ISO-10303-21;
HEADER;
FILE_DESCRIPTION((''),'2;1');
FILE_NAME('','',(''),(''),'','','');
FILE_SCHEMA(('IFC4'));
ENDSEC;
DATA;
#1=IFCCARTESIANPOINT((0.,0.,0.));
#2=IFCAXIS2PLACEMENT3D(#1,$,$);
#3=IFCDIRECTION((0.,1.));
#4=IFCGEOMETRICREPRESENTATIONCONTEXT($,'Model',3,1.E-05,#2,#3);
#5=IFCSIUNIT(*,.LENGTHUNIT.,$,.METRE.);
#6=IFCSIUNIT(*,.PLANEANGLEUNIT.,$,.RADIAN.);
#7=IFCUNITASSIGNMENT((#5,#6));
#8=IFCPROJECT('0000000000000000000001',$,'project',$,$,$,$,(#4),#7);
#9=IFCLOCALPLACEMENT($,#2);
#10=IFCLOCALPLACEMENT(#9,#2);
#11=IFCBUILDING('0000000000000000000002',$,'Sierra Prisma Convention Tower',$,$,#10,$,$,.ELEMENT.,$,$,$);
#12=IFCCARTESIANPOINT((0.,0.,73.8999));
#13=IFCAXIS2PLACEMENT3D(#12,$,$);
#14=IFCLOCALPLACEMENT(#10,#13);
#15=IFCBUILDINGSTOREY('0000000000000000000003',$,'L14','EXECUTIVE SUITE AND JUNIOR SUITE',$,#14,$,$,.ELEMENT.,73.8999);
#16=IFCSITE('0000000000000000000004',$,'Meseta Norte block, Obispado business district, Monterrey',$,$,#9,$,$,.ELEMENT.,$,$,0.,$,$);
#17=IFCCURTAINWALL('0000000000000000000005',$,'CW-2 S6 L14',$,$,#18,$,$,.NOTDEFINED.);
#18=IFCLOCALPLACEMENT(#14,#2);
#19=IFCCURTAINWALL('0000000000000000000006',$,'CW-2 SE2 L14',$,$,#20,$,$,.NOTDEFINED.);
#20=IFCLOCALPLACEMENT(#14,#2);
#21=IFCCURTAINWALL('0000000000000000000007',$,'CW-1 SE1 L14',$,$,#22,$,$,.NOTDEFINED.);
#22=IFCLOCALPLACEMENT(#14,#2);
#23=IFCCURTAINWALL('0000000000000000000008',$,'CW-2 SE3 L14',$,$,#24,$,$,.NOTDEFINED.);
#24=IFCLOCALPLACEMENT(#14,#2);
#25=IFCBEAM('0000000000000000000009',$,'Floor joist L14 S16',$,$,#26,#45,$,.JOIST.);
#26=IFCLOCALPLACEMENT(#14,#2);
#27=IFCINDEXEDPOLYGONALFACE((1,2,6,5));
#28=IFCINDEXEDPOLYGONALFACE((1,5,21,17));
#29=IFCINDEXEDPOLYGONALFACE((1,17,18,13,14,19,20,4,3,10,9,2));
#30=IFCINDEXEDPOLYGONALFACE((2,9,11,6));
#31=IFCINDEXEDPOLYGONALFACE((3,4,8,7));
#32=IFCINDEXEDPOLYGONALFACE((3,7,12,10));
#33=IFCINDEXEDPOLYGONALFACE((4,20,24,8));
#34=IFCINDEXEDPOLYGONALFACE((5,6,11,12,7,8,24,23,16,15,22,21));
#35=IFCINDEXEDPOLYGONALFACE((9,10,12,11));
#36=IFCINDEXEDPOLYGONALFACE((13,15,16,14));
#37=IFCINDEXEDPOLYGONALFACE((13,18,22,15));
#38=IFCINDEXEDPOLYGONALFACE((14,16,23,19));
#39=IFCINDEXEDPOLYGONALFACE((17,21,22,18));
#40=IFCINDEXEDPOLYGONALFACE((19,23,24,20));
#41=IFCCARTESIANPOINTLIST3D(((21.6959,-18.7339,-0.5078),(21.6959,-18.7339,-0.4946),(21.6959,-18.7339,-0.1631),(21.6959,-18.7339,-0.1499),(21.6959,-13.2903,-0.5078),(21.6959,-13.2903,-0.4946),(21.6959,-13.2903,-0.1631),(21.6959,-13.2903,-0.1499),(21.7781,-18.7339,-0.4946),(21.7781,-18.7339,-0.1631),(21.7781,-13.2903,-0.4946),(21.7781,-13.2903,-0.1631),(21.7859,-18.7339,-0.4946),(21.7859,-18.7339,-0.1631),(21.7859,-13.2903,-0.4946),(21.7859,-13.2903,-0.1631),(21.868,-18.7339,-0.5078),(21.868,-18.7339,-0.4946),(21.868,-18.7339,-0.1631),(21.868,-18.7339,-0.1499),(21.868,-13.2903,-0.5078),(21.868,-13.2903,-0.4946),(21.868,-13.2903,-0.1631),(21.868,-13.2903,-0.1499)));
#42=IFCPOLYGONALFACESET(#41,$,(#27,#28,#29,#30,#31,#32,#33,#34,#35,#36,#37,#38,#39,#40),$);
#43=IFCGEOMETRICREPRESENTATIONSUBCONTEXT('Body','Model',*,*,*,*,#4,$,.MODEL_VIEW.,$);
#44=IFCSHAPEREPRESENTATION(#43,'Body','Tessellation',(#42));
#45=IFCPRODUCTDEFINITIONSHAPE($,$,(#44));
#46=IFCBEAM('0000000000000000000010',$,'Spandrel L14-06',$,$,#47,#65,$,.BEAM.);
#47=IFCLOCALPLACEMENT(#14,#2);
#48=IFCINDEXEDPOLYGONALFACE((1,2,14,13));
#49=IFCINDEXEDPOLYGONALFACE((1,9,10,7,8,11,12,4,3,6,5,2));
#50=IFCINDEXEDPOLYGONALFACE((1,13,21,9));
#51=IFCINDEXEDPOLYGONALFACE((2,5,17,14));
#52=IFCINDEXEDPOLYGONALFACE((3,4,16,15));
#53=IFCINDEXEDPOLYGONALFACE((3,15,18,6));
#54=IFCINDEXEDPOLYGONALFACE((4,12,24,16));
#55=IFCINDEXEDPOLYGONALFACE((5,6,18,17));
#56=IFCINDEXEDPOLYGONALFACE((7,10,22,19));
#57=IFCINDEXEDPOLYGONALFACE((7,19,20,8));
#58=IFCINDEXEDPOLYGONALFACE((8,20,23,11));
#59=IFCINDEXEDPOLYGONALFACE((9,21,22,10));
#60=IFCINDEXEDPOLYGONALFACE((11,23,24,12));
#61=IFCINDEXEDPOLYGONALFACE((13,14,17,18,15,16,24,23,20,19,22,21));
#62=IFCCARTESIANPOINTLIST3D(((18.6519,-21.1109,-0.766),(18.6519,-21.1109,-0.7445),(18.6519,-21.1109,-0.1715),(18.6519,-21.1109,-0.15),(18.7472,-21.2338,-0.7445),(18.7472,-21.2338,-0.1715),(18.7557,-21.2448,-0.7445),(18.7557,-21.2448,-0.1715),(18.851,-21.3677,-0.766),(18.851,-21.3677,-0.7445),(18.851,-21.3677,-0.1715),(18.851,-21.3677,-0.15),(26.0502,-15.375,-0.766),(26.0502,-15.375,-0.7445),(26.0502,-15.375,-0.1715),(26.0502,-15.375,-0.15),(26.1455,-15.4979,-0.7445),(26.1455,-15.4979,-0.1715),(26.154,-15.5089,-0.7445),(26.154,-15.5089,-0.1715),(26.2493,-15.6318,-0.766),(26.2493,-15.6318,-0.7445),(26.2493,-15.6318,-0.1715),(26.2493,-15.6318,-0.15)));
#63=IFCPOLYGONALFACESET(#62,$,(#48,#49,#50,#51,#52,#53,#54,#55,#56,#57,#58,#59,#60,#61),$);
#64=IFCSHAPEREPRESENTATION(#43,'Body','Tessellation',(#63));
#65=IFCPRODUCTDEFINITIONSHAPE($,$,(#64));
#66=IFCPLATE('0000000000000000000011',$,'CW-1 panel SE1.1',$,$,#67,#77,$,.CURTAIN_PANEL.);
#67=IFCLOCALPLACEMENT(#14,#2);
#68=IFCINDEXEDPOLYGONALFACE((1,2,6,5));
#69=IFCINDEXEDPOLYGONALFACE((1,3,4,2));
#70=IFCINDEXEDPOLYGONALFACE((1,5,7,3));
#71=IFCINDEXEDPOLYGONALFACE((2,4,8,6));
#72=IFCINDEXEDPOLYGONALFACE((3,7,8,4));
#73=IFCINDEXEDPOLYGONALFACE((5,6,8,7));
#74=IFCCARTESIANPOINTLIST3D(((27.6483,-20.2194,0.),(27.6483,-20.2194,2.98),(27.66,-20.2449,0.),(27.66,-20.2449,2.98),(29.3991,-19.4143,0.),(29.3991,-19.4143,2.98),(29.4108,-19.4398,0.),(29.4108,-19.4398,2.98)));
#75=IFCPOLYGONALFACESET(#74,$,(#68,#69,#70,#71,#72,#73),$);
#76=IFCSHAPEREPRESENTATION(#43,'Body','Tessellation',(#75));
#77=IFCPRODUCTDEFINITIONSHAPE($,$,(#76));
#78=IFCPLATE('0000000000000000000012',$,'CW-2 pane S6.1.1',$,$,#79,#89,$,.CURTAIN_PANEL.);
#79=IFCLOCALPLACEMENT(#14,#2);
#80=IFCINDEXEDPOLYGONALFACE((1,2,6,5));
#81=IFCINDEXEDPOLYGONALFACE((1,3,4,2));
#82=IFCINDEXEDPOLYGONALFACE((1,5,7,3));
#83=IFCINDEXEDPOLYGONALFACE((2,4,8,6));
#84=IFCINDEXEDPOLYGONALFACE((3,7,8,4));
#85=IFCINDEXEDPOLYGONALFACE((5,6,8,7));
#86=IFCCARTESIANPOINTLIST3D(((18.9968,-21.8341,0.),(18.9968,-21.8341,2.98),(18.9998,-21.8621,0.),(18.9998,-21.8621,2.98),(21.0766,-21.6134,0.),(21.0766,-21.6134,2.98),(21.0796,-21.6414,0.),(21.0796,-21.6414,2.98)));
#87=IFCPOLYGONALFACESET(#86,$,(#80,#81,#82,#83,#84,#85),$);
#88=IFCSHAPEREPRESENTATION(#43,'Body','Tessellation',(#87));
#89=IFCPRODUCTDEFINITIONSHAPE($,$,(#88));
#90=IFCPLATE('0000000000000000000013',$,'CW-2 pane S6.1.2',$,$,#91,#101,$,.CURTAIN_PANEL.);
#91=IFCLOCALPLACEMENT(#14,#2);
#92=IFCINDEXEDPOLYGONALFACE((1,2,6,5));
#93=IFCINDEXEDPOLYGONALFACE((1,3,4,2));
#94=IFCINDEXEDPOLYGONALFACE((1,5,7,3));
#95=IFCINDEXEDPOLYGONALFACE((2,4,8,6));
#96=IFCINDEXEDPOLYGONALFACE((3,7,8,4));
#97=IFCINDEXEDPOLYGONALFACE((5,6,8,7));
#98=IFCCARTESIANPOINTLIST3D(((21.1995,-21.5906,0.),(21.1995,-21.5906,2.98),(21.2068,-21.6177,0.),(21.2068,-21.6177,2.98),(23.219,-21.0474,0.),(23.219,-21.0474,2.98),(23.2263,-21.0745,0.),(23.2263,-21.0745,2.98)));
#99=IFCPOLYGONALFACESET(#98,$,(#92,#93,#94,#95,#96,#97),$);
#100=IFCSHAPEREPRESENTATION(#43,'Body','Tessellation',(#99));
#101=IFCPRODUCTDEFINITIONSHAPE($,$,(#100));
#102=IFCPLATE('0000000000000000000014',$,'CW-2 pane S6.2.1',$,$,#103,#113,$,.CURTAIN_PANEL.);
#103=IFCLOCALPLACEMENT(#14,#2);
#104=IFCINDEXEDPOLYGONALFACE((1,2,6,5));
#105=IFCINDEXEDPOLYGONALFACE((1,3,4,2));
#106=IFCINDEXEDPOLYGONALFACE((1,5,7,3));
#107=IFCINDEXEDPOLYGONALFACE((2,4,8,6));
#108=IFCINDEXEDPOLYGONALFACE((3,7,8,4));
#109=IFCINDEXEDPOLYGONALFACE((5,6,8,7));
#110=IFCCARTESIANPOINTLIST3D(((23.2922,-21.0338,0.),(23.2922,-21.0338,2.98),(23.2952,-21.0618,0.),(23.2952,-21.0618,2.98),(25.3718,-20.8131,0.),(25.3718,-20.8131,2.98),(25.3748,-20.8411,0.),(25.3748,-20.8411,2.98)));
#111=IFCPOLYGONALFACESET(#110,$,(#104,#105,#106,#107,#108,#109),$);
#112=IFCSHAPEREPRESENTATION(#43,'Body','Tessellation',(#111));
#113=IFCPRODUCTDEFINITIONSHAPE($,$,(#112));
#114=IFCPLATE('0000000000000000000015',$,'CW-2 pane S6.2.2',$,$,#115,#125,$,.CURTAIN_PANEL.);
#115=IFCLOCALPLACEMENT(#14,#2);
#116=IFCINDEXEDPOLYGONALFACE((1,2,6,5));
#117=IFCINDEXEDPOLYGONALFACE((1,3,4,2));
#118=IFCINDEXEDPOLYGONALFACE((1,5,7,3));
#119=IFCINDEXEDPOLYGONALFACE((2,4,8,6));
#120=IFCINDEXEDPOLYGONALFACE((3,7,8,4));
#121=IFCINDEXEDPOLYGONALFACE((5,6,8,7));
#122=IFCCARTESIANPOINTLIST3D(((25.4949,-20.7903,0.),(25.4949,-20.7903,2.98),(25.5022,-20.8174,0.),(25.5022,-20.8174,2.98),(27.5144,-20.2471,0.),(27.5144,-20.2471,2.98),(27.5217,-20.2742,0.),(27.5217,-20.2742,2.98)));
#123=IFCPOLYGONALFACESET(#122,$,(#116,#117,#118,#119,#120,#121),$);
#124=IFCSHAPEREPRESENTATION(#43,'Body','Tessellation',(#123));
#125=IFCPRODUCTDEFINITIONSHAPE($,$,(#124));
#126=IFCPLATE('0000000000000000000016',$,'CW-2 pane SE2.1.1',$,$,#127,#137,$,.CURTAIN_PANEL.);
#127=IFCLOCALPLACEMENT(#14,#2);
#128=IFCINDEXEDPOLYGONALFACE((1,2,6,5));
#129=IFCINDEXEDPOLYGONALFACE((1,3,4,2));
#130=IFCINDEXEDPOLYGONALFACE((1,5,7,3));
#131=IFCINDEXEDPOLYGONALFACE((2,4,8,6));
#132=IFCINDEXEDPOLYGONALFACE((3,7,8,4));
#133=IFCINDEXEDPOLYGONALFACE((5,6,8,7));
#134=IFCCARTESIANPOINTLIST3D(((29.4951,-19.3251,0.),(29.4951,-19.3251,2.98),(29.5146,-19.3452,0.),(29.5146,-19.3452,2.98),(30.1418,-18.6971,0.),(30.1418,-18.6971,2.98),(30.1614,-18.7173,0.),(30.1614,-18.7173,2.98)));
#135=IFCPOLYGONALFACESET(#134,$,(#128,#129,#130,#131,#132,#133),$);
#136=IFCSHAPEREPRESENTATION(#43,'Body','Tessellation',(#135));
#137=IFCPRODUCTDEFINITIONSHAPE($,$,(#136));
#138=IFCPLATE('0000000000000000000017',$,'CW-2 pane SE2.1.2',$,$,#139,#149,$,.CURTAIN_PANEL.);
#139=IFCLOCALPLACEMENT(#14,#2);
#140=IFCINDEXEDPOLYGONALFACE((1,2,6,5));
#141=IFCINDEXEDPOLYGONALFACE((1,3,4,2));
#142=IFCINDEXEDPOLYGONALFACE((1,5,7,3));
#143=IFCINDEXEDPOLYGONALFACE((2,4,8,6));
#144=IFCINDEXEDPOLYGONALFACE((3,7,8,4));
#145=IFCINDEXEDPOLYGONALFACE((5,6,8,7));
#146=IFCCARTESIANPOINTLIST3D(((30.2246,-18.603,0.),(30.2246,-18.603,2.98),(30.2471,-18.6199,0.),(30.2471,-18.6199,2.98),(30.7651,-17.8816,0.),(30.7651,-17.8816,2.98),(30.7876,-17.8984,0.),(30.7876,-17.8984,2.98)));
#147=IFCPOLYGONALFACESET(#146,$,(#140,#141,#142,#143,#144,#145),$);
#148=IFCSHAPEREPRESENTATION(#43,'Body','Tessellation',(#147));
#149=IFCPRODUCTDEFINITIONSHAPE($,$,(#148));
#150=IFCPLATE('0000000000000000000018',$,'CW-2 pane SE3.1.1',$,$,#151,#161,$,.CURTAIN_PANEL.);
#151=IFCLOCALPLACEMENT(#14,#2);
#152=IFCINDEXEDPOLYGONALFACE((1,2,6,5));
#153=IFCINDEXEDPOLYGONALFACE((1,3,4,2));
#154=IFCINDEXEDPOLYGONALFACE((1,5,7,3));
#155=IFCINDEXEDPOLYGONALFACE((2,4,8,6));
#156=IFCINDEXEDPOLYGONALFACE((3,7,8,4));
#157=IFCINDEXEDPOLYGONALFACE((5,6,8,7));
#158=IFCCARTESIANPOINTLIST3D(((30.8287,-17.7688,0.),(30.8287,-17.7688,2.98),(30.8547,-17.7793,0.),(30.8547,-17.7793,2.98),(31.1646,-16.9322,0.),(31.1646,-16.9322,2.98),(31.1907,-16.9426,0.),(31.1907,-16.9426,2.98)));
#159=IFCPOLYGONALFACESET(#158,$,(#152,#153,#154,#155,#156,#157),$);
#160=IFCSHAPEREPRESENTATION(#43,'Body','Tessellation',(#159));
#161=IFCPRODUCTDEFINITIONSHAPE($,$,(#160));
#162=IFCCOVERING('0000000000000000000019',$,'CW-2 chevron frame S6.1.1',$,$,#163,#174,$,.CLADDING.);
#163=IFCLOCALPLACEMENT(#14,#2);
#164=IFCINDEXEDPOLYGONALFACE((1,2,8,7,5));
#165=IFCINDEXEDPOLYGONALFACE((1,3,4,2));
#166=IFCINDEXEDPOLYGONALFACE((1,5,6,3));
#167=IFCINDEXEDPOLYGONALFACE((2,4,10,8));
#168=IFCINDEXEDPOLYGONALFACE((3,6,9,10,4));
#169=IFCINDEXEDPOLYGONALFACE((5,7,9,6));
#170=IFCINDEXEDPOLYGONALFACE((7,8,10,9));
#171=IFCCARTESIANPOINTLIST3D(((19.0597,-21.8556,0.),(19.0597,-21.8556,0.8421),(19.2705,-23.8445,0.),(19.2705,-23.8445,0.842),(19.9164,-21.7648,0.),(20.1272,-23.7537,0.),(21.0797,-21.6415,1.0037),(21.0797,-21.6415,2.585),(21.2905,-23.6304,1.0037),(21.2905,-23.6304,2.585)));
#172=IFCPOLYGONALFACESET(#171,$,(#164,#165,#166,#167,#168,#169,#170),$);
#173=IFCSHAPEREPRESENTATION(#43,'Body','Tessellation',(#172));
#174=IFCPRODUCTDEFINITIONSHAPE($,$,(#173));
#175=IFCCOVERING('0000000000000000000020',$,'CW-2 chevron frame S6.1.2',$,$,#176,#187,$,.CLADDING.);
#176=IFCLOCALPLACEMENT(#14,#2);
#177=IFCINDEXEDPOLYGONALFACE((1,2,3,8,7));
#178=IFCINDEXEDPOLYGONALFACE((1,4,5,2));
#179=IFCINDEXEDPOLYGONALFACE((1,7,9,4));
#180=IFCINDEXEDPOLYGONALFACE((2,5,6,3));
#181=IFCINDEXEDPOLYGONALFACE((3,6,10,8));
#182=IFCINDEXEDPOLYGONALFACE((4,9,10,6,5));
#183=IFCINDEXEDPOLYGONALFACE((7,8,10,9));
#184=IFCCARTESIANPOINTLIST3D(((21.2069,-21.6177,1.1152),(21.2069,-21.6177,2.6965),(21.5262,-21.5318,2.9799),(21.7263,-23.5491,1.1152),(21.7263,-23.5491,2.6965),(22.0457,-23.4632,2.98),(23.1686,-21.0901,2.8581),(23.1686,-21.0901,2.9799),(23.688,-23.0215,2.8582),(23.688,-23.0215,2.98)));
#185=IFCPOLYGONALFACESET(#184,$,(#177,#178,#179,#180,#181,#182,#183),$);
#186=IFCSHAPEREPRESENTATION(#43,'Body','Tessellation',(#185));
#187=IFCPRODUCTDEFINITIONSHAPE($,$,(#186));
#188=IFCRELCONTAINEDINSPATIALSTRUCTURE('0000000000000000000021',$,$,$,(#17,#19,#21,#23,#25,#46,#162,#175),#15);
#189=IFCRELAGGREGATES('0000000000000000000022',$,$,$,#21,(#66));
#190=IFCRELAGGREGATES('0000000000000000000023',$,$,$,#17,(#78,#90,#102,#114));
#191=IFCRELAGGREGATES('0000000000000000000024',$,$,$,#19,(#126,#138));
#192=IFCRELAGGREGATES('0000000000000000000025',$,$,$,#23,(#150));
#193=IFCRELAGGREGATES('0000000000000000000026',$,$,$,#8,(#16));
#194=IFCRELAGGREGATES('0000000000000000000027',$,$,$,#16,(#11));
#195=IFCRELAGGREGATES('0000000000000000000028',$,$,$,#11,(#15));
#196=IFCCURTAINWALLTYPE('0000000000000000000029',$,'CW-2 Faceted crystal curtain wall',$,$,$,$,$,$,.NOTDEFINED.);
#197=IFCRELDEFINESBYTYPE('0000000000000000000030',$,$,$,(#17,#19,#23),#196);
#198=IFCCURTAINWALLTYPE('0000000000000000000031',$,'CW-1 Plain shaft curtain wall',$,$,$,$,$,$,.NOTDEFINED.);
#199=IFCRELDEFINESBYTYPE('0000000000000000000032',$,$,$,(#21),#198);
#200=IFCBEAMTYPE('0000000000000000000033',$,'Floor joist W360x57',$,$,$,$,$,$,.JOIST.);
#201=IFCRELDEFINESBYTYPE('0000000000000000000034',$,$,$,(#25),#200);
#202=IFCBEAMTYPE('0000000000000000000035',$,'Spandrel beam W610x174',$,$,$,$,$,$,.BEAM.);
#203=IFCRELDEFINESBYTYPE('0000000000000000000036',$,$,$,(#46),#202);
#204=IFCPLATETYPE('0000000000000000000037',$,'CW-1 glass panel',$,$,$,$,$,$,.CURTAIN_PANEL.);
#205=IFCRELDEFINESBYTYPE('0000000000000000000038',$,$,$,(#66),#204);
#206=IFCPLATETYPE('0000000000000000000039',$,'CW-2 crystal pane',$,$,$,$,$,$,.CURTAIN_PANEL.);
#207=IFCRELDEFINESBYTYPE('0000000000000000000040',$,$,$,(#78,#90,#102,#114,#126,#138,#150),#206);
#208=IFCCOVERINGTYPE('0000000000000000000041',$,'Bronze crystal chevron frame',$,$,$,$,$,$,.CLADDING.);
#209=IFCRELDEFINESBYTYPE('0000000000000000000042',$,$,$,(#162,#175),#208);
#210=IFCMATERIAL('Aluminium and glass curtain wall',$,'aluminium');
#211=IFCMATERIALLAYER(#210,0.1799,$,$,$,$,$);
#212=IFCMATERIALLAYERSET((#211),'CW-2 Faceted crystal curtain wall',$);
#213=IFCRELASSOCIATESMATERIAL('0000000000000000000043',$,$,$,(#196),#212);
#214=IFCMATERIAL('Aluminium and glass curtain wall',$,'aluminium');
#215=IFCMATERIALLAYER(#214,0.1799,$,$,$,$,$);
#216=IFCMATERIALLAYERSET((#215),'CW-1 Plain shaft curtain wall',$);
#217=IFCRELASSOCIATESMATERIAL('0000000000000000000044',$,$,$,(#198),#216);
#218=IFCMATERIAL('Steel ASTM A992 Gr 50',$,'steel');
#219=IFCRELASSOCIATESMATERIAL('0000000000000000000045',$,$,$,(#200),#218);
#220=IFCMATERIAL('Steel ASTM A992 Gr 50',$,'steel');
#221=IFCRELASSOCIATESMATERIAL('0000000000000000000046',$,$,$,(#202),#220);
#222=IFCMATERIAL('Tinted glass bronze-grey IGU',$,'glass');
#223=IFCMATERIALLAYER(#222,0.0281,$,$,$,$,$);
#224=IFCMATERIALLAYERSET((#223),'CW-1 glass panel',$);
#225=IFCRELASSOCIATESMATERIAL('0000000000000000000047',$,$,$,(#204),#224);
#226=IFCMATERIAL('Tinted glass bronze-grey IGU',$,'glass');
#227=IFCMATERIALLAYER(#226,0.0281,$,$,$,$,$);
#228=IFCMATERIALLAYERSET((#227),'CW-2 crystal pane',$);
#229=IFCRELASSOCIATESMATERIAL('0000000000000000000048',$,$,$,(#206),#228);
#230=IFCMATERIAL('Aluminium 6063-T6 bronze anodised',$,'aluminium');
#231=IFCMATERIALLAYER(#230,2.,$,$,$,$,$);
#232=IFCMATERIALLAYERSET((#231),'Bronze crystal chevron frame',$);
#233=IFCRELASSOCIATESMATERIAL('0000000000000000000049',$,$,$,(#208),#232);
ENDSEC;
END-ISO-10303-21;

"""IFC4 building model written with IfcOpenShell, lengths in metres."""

from ifc_helpers import new_model, si_unit, direction, frame, origin, origin_2d, place, context, subcontext, project, spatial, polyline, rectangle, i_section, outline, extrude, material, layer, layer_set, material_profile, profile_set, type_object, element, aggregate, save


model = new_model("IFC4")

# Units and contexts
model_context = context("Model", 3, precision=1e-05, world=origin(), true_north=direction((0.0, 1.0)))
body_context = subcontext(model_context, "Body", "Model", "MODEL_VIEW")
ifc_project = project(units=[si_unit("LENGTHUNIT", "METRE"), si_unit("PLANEANGLEUNIT", "RADIAN")], contexts=[model_context])

# Site, building, storey
site_placement = place(None, origin())
site = spatial("IfcSite", under=ifc_project, at=site_placement, Name="Meseta Norte block, Obispado business district, Monterrey", CompositionType="ELEMENT", RefElevation=0.0)
building_placement = place(site_placement, origin())
building = spatial("IfcBuilding", under=site, at=building_placement, Name="Sierra Prisma Convention Tower", CompositionType="ELEMENT")
storey_placement = place(building_placement, frame((0.0, 0.0, 73.8999)))
storey = spatial("IfcBuildingStorey", under=building, at=storey_placement, Name="L14", Description="EXECUTIVE SUITE AND JUNIOR SUITE", CompositionType="ELEMENT", Elevation=73.8999)

# Curtain wall
ifc_material_1 = material(Name="Aluminium and glass curtain wall", Category="aluminium")
ifc_layer_1 = layer(ifc_material_1, 0.1799)
ifc_layer_set_1 = layer_set([ifc_layer_1], Name="CW-2 Faceted crystal curtain wall")
curtain_wall_type_1 = type_object("IfcCurtainWallType", Name="CW-2 Faceted crystal curtain wall", PredefinedType="NOTDEFINED", material=ifc_layer_set_1)
curtain_wall_1_placement = place(storey_placement, origin())
curtain_wall_1 = element("IfcCurtainWall", 1, at=curtain_wall_1_placement, inside=storey, type_object=curtain_wall_type_1, Name="CW-2 S6 L14", PredefinedType="NOTDEFINED")

# Curtain wall
curtain_wall_2_placement = place(storey_placement, origin())
curtain_wall_2 = element("IfcCurtainWall", 2, at=curtain_wall_2_placement, inside=storey, type_object=curtain_wall_type_1, Name="CW-2 SE2 L14", PredefinedType="NOTDEFINED")

# Curtain wall
ifc_material_2 = material(Name="Aluminium and glass curtain wall", Category="aluminium")
ifc_layer_2 = layer(ifc_material_2, 0.1799)
ifc_layer_set_2 = layer_set([ifc_layer_2], Name="CW-1 Plain shaft curtain wall")
curtain_wall_type_2 = type_object("IfcCurtainWallType", Name="CW-1 Plain shaft curtain wall", PredefinedType="NOTDEFINED", material=ifc_layer_set_2)
curtain_wall_3_placement = place(storey_placement, origin())
curtain_wall_3 = element("IfcCurtainWall", 3, at=curtain_wall_3_placement, inside=storey, type_object=curtain_wall_type_2, Name="CW-1 SE1 L14", PredefinedType="NOTDEFINED")

# Curtain wall
curtain_wall_4_placement = place(storey_placement, origin())
curtain_wall_4 = element("IfcCurtainWall", 4, at=curtain_wall_4_placement, inside=storey, type_object=curtain_wall_type_1, Name="CW-2 SE3 L14", PredefinedType="NOTDEFINED")

# Beams
ifc_material_3 = material(Name="Steel ASTM A992 Gr 50", Category="steel")
ifc_material_profile_1 = material_profile(ifc_material_3, i_section(OverallWidth=0.1721, OverallDepth=0.3579, WebThickness=0.0078, FlangeThickness=0.0132, at=origin_2d()), Name="W360x57")
ifc_profile_set_1 = profile_set([ifc_material_profile_1], Name="Steel ASTM A992 Gr 50")
beam_type_1 = type_object("IfcBeamType", Name="Floor joist W360x57", PredefinedType="JOIST", material=ifc_profile_set_1)
beam_1_placement = place(storey_placement, frame((21.782, -18.7339, -0.3289), z_axis=(0.0, 1.0, 0.0), x_axis=(-1.0, 0.0, 0.0)))
element("IfcBeam", 5, at=beam_1_placement, inside=storey, type_object=beam_type_1, Name="Floor joist L14 S16", PredefinedType="JOIST", context=body_context, shape_type="SweptSolid", body=[
    extrude(i_section(OverallWidth=0.1721, OverallDepth=0.3579, WebThickness=0.0078, FlangeThickness=0.0132, at=origin_2d()), origin(), (0.0, 0.0, 1.0), 5.4436),
])
ifc_material_4 = material(Name="Steel ASTM A992 Gr 50", Category="steel")
ifc_material_profile_2 = material_profile(ifc_material_4, i_section(OverallWidth=0.325, OverallDepth=0.616, WebThickness=0.0139, FlangeThickness=0.0215, at=origin_2d()), Name="W610x174")
ifc_profile_set_2 = profile_set([ifc_material_profile_2], Name="Steel ASTM A992 Gr 50")
beam_type_2 = type_object("IfcBeamType", Name="Spandrel beam W610x174", PredefinedType="BEAM", material=ifc_profile_set_2)
beam_2_placement = place(storey_placement, frame((18.7515, -21.2393, -0.458), z_axis=(0.790299, 0.612721, 0.0), x_axis=(-0.612721, 0.790299, 0.0)))
element("IfcBeam", 6, at=beam_2_placement, inside=storey, type_object=beam_type_2, Name="Spandrel L14-06", PredefinedType="BEAM", context=body_context, shape_type="SweptSolid", body=[
    extrude(i_section(OverallWidth=0.325, OverallDepth=0.616, WebThickness=0.0139, FlangeThickness=0.0215, at=origin_2d()), origin(), (0.0, 0.0, 1.0), 9.3613),
])

# Plates
ifc_material_5 = material(Name="Tinted glass bronze-grey IGU", Category="glass")
ifc_layer_3 = layer(ifc_material_5, 0.0281)
ifc_layer_set_3 = layer_set([ifc_layer_3], Name="CW-1 glass panel")
plate_type_1 = type_object("IfcPlateType", Name="CW-1 glass panel", PredefinedType="CURTAIN_PANEL", material=ifc_layer_set_3)
plate_1_placement = place(storey_placement, frame((28.5295, -19.8296, 0.0), z_axis=(0.0, 0.0, 1.0), x_axis=(0.908544, 0.417788, 0.0)))
plate_1 = element("IfcPlate", 7, at=plate_1_placement, type_object=plate_type_1, Name="CW-1 panel SE1.1", PredefinedType="CURTAIN_PANEL", context=body_context, shape_type="SweptSolid", body=[
    extrude(rectangle(XDim=1.927, YDim=0.0281, at=origin_2d()), origin(), (0.0, 0.0, 1.0), 2.98),
])
aggregate(curtain_wall_3, [plate_1])
ifc_material_6 = material(Name="Tinted glass bronze-grey IGU", Category="glass")
ifc_layer_4 = layer(ifc_material_6, 0.0281)
ifc_layer_set_4 = layer_set([ifc_layer_4], Name="CW-2 crystal pane")
plate_type_2 = type_object("IfcPlateType", Name="CW-2 crystal pane", PredefinedType="CURTAIN_PANEL", material=ifc_layer_set_4)
plate_2_placement = place(storey_placement, frame((18.9998, -21.8621, 0.0), z_axis=(0.105523, -0.994417, 0.0), x_axis=(0.994417, 0.105523, 0.0)))
plate_2 = element("IfcPlate", 8, at=plate_2_placement, type_object=plate_type_2, Name="CW-2 pane S6.1.1", PredefinedType="CURTAIN_PANEL", context=body_context, shape_type="SweptSolid", body=[
    extrude(outline(polyline([(0.0, 0.0), (2.0915, 0.0), (2.0915, 2.98), (0.0, 2.98), (0.0, 0.0)])), origin(), (0.0, 0.0, -1.0), 0.0281),
])
plate_3_placement = place(storey_placement, frame((23.2263, -21.0745, 0.0), z_axis=(0.259747, -0.965677, 0.0), x_axis=(-0.965677, -0.259747, 0.0)))
plate_3 = element("IfcPlate", 9, at=plate_3_placement, type_object=plate_type_2, Name="CW-2 pane S6.1.2", PredefinedType="CURTAIN_PANEL", context=body_context, shape_type="SweptSolid", body=[
    extrude(outline(polyline([(0.0, 0.0), (2.0913, 0.0), (2.0913, -2.98), (0.0, -2.98), (0.0, 0.0)])), origin(), (0.0, 0.0, -1.0), 0.0281),
])
plate_4_placement = place(storey_placement, frame((23.2952, -21.0618, 0.0), z_axis=(0.105536, -0.994416, 0.0), x_axis=(0.994416, 0.105536, 0.0)))
plate_4 = element("IfcPlate", 10, at=plate_4_placement, type_object=plate_type_2, Name="CW-2 pane S6.2.1", PredefinedType="CURTAIN_PANEL", context=body_context, shape_type="SweptSolid", body=[
    extrude(outline(polyline([(0.0, 0.0), (2.0913, 0.0), (2.0913, 2.98), (0.0, 2.98), (0.0, 0.0)])), origin(), (0.0, 0.0, -1.0), 0.0281),
])
plate_5_placement = place(storey_placement, frame((27.5217, -20.2742, 0.0), z_axis=(0.259747, -0.965677, 0.0), x_axis=(-0.965677, -0.259747, 0.0)))
plate_5 = element("IfcPlate", 11, at=plate_5_placement, type_object=plate_type_2, Name="CW-2 pane S6.2.2", PredefinedType="CURTAIN_PANEL", context=body_context, shape_type="SweptSolid", body=[
    extrude(outline(polyline([(0.0, 0.0), (2.0913, 0.0), (2.0913, -2.98), (0.0, -2.98), (0.0, 0.0)])), origin(), (0.0, 0.0, -1.0), 0.0281),
])
aggregate(curtain_wall_1, [plate_2, plate_3, plate_4, plate_5])
plate_6_placement = place(storey_placement, frame((29.5146, -19.3452, 0.0), z_axis=(0.696603, -0.717457, 0.0), x_axis=(0.717457, 0.696603, 0.0)))
plate_6 = element("IfcPlate", 12, at=plate_6_placement, type_object=plate_type_2, Name="CW-2 pane SE2.1.1", PredefinedType="CURTAIN_PANEL", context=body_context, shape_type="SweptSolid", body=[
    extrude(outline(polyline([(0.0, 0.0), (0.9014, 0.0), (0.9014, 2.98), (0.0, 2.98), (0.0, 0.0)])), origin(), (0.0, 0.0, -1.0), 0.0281),
])
plate_7_placement = place(storey_placement, frame((30.7876, -17.8984, 0.0), z_axis=(0.800292, -0.59961, 0.0), x_axis=(-0.59961, -0.800292, 0.0)))
plate_7 = element("IfcPlate", 13, at=plate_7_placement, type_object=plate_type_2, Name="CW-2 pane SE2.1.2", PredefinedType="CURTAIN_PANEL", context=body_context, shape_type="SweptSolid", body=[
    extrude(outline(polyline([(0.0, 0.0), (0.9015, 0.0), (0.9015, -2.98), (0.0, -2.98), (0.0, 0.0)])), origin(), (0.0, 0.0, -1.0), 0.0281),
])
aggregate(curtain_wall_2, [plate_6, plate_7])
plate_8_placement = place(storey_placement, frame((30.8547, -17.7793, 0.0), z_axis=(0.92799, -0.372604, 0.0), x_axis=(0.372604, 0.92799, 0.0)))
plate_8 = element("IfcPlate", 14, at=plate_8_placement, type_object=plate_type_2, Name="CW-2 pane SE3.1.1", PredefinedType="CURTAIN_PANEL", context=body_context, shape_type="SweptSolid", body=[
    extrude(outline(polyline([(0.0, 0.0), (0.9016, 0.0), (0.9016, 2.98), (0.0, 2.98), (0.0, 0.0)])), origin(), (0.0, 0.0, -1.0), 0.0281),
])
aggregate(curtain_wall_4, [plate_8])

# Coverings
ifc_material_7 = material(Name="Aluminium 6063-T6 bronze anodised", Category="aluminium")
ifc_layer_5 = layer(ifc_material_7, 2.0)
ifc_layer_set_5 = layer_set([ifc_layer_5], Name="Bronze crystal chevron frame")
covering_type = type_object("IfcCoveringType", Name="Bronze crystal chevron frame", PredefinedType="CLADDING", material=ifc_layer_set_5)
covering_1_placement = place(storey_placement, frame((19.2705, -23.8445, 0.0), z_axis=(0.105407, -0.994429, -0.000006), x_axis=(0.994429, 0.105407, 0.0)))
element("IfcCovering", 15, at=covering_1_placement, inside=storey, type_object=covering_type, Name="CW-2 chevron frame S6.1.1", PredefinedType="CLADDING", context=body_context, shape_type="SweptSolid", body=[
    extrude(outline(polyline([(0.0, 0.0), (0.8615, 0.0), (2.0313, 1.0037), (2.0313, 2.585), (0.0, 0.842), (0.0, 0.0)])), origin(), (0.0, 0.0, -1.0), 2.0),
])
covering_2_placement = place(storey_placement, frame((21.7263, -23.5491, 2.6965), z_axis=(0.259716, -0.965685, 0.000026), x_axis=(0.000007, -0.000025, -1.0)))
element("IfcCovering", 16, at=covering_2_placement, inside=storey, type_object=covering_type, Name="CW-2 chevron frame S6.1.2", PredefinedType="CLADDING", context=body_context, shape_type="SweptSolid", body=[
    extrude(outline(polyline([(0.0, 0.0), (1.5813, 0.0), (-0.1616, 2.0314), (-0.2834, 2.0314), (-0.2834, 0.3307), (0.0, 0.0)])), origin(), (0.0, 0.0, -1.0), 2.0),
])

save(model, "model.ifc")
